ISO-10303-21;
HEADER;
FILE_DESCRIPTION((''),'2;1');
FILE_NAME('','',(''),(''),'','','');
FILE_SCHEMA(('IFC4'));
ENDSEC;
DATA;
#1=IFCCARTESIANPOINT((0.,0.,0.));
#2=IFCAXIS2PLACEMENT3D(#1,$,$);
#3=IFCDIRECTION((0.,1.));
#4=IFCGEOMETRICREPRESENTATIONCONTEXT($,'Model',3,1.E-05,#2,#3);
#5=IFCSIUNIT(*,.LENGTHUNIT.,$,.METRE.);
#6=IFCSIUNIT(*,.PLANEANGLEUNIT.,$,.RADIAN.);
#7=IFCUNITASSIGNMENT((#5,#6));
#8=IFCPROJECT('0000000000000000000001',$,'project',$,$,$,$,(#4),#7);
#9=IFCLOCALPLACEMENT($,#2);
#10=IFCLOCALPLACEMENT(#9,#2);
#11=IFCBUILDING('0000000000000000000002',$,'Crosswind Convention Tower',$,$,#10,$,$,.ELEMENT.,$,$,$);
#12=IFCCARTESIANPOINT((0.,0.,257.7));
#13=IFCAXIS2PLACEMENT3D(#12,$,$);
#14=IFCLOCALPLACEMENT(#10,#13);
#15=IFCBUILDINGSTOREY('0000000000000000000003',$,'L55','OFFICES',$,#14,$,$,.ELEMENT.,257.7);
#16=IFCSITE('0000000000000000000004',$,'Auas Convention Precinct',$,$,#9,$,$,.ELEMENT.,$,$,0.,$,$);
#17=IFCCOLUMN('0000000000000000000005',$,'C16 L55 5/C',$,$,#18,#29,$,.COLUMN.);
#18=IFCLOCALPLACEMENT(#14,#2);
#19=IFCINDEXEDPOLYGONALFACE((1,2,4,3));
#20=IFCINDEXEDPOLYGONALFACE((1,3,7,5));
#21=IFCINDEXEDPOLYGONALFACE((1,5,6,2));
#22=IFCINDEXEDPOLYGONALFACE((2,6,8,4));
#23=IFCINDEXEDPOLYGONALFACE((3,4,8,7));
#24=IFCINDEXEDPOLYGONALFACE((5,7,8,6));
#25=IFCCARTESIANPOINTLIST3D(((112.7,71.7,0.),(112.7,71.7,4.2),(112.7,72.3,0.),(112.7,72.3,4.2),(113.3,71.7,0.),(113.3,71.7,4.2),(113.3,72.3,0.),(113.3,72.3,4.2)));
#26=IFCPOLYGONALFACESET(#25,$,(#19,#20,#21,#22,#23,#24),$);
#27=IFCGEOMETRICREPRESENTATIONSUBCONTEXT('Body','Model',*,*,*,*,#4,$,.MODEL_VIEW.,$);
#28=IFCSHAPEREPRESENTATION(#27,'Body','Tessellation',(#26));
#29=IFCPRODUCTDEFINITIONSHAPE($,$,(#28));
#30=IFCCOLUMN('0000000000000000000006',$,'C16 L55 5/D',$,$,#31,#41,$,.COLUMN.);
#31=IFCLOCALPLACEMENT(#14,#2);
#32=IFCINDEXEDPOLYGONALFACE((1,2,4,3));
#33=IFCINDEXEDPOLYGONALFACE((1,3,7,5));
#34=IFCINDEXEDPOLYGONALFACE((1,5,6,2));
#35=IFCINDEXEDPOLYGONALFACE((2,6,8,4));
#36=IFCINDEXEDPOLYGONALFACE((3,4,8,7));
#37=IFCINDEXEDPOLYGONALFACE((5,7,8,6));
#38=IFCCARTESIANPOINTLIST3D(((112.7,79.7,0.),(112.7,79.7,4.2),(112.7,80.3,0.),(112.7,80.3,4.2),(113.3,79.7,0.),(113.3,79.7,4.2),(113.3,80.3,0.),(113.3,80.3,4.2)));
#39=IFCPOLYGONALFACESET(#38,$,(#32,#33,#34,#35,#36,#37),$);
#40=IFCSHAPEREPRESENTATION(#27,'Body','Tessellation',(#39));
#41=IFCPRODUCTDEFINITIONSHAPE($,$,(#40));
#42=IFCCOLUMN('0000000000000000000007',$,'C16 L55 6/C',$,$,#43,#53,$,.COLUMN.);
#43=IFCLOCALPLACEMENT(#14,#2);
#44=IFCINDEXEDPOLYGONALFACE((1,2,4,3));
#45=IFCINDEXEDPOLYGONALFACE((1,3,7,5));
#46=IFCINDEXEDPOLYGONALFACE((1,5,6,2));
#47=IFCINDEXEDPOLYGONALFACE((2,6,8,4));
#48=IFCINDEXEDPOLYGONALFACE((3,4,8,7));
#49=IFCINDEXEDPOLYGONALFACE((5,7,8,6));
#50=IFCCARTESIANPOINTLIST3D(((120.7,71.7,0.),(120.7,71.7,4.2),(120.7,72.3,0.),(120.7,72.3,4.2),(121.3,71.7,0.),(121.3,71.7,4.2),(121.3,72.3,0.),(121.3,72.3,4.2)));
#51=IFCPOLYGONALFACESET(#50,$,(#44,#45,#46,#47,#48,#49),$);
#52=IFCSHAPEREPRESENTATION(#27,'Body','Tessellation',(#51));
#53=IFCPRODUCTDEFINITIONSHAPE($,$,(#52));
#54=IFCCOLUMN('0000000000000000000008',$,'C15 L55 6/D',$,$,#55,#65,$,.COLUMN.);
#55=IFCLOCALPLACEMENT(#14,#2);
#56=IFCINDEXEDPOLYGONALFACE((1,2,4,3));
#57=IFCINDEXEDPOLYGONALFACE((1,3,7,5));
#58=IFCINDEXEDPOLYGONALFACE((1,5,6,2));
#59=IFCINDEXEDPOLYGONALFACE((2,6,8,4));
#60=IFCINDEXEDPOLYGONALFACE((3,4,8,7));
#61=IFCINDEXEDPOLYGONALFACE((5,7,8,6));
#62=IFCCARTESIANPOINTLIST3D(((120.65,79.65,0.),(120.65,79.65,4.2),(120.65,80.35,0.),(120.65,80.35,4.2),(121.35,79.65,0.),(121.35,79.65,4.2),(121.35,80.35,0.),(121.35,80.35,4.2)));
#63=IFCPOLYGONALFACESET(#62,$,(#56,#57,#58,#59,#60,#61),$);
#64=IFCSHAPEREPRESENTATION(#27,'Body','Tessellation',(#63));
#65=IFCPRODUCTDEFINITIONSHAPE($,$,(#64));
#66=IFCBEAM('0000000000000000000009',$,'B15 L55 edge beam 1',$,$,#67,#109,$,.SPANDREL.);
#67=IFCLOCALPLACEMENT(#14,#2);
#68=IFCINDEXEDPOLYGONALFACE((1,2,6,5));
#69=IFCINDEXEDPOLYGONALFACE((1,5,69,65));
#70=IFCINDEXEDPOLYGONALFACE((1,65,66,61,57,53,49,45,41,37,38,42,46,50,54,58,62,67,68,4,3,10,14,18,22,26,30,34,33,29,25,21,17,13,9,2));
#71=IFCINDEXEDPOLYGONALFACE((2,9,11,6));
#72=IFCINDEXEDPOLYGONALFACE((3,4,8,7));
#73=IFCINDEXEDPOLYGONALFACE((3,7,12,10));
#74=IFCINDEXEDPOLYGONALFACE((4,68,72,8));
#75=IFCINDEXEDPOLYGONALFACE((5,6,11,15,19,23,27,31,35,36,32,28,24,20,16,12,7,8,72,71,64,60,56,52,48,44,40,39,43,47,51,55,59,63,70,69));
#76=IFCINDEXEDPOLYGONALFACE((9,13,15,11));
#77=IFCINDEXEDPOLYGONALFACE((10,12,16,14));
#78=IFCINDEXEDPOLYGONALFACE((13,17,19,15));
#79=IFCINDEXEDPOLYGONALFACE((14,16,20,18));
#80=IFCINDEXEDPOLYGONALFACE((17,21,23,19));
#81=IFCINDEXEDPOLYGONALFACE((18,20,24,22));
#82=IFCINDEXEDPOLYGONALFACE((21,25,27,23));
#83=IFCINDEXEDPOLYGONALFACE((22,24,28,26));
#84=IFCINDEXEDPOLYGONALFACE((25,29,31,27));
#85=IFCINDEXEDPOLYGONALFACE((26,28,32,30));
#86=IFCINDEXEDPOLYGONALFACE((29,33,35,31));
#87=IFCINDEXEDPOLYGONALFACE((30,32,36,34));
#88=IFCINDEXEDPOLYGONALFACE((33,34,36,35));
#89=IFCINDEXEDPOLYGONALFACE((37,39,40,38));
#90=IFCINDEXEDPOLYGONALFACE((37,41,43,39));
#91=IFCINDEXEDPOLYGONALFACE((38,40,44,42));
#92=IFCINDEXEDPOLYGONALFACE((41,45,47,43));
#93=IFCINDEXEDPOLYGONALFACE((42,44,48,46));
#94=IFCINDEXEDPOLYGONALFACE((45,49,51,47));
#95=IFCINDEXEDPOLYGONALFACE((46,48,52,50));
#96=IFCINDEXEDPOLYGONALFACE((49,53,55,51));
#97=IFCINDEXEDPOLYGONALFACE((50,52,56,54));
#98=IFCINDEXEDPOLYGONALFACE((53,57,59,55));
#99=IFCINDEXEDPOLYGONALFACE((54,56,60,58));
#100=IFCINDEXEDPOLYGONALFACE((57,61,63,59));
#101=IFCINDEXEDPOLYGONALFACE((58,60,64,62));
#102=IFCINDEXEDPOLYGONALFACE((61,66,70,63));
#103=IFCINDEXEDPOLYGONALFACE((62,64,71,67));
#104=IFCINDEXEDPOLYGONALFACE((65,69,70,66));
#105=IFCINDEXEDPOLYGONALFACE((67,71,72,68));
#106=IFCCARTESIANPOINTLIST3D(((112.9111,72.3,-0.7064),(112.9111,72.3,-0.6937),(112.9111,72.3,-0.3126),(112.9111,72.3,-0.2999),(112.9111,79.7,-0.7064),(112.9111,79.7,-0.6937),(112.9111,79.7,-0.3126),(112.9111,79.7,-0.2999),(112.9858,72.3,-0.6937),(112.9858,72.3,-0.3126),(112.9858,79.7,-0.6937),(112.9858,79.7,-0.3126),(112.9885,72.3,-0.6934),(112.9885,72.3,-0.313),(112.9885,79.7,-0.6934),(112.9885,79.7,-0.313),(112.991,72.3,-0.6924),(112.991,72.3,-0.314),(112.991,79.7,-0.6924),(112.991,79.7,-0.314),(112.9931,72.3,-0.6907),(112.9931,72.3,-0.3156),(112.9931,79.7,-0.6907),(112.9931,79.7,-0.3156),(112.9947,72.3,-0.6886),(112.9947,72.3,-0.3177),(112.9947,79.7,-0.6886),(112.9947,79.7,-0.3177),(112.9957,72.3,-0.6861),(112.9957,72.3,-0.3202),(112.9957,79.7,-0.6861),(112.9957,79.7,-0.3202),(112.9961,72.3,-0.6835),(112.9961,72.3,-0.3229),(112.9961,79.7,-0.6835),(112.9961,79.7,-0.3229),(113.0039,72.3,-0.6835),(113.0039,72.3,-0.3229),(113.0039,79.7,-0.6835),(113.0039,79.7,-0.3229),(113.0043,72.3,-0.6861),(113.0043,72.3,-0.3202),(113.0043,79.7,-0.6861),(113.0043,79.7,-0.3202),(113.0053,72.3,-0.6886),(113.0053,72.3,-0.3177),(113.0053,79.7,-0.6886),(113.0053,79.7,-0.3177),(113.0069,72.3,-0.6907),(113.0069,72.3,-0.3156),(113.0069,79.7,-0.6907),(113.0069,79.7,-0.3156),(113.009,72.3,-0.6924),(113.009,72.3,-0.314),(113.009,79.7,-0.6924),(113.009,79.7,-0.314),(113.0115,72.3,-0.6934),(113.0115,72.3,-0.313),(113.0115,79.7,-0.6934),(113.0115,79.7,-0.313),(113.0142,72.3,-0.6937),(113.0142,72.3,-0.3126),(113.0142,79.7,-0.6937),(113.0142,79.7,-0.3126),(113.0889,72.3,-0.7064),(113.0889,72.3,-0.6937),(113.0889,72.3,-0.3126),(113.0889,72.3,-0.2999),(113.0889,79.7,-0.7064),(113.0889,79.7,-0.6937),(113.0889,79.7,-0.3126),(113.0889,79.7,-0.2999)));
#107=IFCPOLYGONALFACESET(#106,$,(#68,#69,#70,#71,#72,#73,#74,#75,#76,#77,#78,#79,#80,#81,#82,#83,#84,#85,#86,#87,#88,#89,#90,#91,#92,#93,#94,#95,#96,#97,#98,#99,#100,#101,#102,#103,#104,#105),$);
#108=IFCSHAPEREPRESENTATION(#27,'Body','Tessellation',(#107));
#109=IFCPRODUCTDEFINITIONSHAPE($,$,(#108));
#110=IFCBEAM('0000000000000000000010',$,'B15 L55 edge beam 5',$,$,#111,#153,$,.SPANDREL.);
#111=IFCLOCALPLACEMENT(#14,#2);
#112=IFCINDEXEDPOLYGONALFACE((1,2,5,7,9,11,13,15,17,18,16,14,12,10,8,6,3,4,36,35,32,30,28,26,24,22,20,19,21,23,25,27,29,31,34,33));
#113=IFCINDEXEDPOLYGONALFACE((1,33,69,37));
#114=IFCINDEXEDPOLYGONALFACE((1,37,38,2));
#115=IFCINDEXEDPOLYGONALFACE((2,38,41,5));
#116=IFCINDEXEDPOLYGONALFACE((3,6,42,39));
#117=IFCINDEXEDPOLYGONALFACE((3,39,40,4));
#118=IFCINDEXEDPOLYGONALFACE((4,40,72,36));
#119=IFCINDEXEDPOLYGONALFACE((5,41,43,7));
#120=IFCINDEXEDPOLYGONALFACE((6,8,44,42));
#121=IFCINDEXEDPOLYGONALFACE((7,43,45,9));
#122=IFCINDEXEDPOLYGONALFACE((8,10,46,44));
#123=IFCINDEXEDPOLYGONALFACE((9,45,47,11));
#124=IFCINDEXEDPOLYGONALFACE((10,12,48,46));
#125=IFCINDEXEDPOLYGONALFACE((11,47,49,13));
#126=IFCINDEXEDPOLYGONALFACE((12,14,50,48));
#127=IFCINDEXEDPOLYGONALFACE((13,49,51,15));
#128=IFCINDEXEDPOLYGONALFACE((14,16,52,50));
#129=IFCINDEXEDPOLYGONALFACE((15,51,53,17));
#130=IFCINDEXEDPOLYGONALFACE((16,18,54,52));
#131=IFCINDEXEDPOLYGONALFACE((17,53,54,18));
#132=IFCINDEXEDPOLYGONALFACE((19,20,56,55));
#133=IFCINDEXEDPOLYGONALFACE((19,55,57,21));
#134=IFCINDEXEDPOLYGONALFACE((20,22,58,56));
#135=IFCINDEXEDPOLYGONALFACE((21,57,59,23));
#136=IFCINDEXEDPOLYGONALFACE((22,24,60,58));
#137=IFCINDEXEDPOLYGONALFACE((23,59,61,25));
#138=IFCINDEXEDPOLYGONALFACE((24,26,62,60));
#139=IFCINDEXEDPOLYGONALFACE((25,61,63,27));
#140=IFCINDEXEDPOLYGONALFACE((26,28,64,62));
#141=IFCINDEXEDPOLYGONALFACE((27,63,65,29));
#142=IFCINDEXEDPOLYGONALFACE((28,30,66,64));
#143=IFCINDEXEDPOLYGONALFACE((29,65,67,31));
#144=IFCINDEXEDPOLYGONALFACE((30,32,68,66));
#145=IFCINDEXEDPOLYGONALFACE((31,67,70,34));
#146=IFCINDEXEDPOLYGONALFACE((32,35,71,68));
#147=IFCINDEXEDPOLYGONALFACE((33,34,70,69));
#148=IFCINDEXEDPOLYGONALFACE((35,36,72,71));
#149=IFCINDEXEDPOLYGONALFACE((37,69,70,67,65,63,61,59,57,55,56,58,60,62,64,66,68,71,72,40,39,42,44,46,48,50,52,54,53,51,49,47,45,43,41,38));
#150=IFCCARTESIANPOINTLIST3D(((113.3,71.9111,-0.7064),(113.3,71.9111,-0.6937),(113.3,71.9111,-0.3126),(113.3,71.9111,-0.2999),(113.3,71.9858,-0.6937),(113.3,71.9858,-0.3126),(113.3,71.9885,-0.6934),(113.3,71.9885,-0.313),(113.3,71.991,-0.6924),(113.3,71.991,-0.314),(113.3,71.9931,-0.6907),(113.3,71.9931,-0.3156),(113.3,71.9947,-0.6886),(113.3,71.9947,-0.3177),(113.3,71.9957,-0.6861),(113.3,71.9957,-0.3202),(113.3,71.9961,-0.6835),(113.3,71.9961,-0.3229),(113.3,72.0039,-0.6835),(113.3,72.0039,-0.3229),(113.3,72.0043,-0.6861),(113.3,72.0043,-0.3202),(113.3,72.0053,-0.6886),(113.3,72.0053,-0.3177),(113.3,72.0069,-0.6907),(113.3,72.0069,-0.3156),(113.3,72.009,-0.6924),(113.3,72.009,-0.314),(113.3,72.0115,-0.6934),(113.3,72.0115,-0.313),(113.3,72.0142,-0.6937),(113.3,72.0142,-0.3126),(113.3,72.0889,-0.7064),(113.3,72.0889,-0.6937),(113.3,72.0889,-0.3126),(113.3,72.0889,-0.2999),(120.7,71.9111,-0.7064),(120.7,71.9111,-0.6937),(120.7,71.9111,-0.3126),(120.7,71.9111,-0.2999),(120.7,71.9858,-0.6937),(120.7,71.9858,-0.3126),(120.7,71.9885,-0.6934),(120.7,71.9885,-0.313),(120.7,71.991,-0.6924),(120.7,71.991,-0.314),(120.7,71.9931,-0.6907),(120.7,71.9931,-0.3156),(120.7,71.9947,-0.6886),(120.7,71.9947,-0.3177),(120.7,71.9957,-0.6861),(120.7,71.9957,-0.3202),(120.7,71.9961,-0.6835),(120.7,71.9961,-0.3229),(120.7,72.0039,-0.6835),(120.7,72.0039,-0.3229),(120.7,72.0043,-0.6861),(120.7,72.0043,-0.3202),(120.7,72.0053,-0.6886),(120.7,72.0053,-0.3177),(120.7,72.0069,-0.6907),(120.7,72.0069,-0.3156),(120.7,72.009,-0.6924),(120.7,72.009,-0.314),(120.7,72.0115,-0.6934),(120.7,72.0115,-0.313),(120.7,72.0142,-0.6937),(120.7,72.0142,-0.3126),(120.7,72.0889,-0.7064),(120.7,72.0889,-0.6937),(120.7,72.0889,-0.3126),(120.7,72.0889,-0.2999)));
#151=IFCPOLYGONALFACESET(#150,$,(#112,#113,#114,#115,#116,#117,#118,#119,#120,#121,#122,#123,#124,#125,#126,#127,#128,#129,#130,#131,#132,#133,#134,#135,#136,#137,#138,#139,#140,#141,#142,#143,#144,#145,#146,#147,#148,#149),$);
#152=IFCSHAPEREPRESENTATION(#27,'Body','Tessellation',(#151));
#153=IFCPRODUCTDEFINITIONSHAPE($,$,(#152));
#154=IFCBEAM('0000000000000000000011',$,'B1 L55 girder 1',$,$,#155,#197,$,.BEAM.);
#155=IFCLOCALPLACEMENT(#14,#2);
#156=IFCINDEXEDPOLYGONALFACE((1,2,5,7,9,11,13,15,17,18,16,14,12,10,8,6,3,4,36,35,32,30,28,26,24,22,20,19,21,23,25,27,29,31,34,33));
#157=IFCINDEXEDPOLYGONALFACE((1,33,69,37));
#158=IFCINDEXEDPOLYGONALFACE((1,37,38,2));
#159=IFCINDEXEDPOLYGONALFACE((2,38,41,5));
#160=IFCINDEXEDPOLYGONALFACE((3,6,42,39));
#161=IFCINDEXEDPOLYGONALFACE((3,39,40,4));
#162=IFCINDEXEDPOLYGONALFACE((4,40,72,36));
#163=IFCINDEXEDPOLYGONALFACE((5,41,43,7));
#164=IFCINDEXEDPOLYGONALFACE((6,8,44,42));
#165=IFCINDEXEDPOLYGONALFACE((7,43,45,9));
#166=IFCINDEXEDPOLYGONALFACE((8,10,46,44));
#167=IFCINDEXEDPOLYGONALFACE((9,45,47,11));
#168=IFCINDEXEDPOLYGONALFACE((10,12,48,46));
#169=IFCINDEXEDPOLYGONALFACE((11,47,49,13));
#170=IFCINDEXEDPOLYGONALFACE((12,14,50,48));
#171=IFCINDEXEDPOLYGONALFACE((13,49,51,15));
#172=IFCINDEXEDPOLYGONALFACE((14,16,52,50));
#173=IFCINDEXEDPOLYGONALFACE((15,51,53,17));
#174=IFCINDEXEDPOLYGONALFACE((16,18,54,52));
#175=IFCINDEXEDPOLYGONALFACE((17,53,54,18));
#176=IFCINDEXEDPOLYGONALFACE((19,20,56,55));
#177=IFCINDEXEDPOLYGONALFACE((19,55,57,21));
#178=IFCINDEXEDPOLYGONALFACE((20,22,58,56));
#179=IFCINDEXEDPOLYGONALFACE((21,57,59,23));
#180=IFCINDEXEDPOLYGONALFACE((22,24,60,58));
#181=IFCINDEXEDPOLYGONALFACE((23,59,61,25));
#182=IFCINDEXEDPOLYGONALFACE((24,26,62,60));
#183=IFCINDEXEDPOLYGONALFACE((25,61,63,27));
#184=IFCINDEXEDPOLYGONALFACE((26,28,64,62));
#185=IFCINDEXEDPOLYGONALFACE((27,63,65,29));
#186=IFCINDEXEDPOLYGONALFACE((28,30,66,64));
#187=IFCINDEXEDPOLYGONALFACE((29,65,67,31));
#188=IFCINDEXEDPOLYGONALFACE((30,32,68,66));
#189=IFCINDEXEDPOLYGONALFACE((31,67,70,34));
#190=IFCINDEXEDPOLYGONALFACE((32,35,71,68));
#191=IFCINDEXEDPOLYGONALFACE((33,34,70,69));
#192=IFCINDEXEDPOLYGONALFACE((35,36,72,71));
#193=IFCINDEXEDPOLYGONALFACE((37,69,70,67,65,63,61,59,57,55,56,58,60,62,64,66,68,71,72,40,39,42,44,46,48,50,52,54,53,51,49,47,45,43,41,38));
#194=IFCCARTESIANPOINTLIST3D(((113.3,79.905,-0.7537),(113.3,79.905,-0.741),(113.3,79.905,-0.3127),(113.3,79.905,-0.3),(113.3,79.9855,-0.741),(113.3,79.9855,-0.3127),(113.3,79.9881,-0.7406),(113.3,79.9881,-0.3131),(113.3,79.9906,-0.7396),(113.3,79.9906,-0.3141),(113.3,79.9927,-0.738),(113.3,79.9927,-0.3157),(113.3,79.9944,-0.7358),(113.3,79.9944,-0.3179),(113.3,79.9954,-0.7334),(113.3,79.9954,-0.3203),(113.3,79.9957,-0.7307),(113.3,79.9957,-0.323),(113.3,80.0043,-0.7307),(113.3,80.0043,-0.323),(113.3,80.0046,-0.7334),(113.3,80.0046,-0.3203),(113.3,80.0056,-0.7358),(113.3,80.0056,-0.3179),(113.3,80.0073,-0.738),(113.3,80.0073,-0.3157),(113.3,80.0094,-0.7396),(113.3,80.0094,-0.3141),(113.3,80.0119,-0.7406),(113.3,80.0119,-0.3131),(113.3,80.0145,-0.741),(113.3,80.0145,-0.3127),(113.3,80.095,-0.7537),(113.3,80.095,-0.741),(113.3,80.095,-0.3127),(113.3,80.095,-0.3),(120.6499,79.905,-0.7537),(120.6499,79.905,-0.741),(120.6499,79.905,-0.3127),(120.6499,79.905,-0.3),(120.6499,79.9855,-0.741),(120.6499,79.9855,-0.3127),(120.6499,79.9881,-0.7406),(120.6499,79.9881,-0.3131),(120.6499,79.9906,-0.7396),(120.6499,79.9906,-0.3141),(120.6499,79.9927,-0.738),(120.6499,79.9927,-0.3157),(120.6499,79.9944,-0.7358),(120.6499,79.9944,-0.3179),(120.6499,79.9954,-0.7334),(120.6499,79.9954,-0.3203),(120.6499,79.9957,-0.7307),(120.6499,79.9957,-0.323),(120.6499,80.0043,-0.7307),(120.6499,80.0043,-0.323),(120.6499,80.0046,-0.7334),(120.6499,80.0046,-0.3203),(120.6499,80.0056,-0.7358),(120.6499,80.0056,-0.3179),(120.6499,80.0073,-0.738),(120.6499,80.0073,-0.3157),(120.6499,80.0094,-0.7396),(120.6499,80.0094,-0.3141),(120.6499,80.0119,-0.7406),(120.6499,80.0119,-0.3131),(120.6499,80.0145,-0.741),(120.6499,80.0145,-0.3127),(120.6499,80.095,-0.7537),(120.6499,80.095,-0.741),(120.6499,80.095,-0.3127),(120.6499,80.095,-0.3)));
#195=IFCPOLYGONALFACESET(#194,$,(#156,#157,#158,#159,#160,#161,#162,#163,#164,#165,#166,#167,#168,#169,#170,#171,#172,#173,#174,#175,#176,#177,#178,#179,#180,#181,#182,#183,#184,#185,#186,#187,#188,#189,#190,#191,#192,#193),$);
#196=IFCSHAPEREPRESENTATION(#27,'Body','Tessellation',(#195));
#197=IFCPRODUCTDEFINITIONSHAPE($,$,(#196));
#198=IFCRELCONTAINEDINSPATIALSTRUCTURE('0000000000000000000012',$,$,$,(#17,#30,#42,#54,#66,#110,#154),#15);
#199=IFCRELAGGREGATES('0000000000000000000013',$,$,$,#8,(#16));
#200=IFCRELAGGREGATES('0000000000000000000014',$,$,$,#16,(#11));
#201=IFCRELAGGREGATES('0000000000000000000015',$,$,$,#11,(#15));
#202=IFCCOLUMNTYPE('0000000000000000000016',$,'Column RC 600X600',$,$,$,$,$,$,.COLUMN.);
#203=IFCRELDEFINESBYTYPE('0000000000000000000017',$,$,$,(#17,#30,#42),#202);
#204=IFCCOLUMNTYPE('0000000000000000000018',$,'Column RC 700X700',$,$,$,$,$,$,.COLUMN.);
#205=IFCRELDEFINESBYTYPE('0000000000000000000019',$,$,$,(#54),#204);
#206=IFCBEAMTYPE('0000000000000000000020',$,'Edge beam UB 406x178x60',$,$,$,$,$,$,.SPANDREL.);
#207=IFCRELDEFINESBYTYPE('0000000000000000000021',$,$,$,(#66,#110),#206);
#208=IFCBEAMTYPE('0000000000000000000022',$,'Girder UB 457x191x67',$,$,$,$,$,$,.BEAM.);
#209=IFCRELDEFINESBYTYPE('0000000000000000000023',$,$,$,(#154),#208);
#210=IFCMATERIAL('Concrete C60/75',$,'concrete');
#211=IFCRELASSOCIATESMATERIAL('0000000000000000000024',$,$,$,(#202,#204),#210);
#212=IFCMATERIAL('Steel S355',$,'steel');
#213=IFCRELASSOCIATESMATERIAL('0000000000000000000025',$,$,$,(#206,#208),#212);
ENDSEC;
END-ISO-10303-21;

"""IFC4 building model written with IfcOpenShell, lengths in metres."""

from ifc_helpers import new_model, si_unit, direction, frame, origin, origin_2d, place, context, subcontext, project, spatial, rectangle, i_section, extrude, material, material_profile, profile_set, type_object, element, save


model = new_model("IFC4")

# Units and contexts
model_context = context("Model", 3, precision=1e-05, world=origin(), true_north=direction((0.0, 1.0)))
body_context = subcontext(model_context, "Body", "Model", "MODEL_VIEW")
ifc_project = project(units=[si_unit("LENGTHUNIT", "METRE"), si_unit("PLANEANGLEUNIT", "RADIAN")], contexts=[model_context])

# Site, building, storey
site_placement = place(None, origin())
site = spatial("IfcSite", under=ifc_project, at=site_placement, Name="Auas Convention Precinct", CompositionType="ELEMENT", RefElevation=0.0)
building_placement = place(site_placement, origin())
building = spatial("IfcBuilding", under=site, at=building_placement, Name="Crosswind Convention Tower", CompositionType="ELEMENT")
storey_placement = place(building_placement, frame((0.0, 0.0, 257.7)))
storey = spatial("IfcBuildingStorey", under=building, at=storey_placement, Name="L55", Description="OFFICES", CompositionType="ELEMENT", Elevation=257.7)

# Columns
ifc_material_1 = material(Name="Concrete C60/75", Category="concrete")
ifc_material_profile_1 = material_profile(ifc_material_1, rectangle(XDim=0.6001, YDim=0.6001, at=origin_2d()), Name="RC 600X600")
ifc_profile_set_1 = profile_set([ifc_material_profile_1], Name="Concrete C60/75")
column_type_1 = type_object("IfcColumnType", Name="Column RC 600X600", PredefinedType="COLUMN", material=ifc_profile_set_1)
for number, where, z_axis, x_axis, name in (
    (1, (113.0, 72.0, 0.0), (0.0, 0.0, 1.0), (1.0, 0.0, 0.0), "C16 L55 5/C"),
    (2, (113.0, 80.0, 0.0), (0.0, 0.0, 1.0), (1.0, 0.0, 0.0), "C16 L55 5/D"),
    (3, (121.0, 72.0, 0.0), (0.0, 0.0, 1.0), (1.0, 0.0, 0.0), "C16 L55 6/C"),
):
    element("IfcColumn", number, at=place(storey_placement, frame(where, z_axis=z_axis, x_axis=x_axis)), inside=storey, type_object=column_type_1, Name=name, PredefinedType="COLUMN", context=body_context, shape_type="SweptSolid", body=[
        extrude(rectangle(XDim=0.6001, YDim=0.6001, at=origin_2d()), origin(), (0.0, 0.0, 1.0), 4.2),
    ])
ifc_material_profile_2 = material_profile(ifc_material_1, rectangle(XDim=0.7, YDim=0.7, at=origin_2d()), Name="RC 700X700")
ifc_profile_set_2 = profile_set([ifc_material_profile_2], Name="Concrete C60/75")
column_type_2 = type_object("IfcColumnType", Name="Column RC 700X700", PredefinedType="COLUMN", material=ifc_profile_set_2)
column_placement = place(storey_placement, frame((121.0, 80.0, 0.0), z_axis=(0.0, 0.0, 1.0), x_axis=(1.0, 0.0, 0.0)))
element("IfcColumn", 4, at=column_placement, inside=storey, type_object=column_type_2, Name="C15 L55 6/D", PredefinedType="COLUMN", context=body_context, shape_type="SweptSolid", body=[
    extrude(rectangle(XDim=0.7, YDim=0.7, at=origin_2d()), origin(), (0.0, 0.0, 1.0), 4.2),
])

# Beams
ifc_material_2 = material(Name="Steel S355", Category="steel")
ifc_material_profile_3 = material_profile(ifc_material_2, i_section(OverallWidth=0.1777, OverallDepth=0.4065, WebThickness=0.0078, FlangeThickness=0.0127, FilletRadius=0.0103, at=origin_2d()), Name="UB 406x178x60")
ifc_profile_set_3 = profile_set([ifc_material_profile_3], Name="Steel S355")
beam_type_1 = type_object("IfcBeamType", Name="Edge beam UB 406x178x60", PredefinedType="SPANDREL", material=ifc_profile_set_3)
for number, where, z_axis, x_axis, name in (
    (5, (113.0, 72.3, -0.5032), (0.0, 1.0, 0.0), (-1.0, 0.0, 0.0), "B15 L55 edge beam 1"),
    (6, (113.3, 72.0, -0.5032), (1.0, 0.0, 0.0), (0.0, 1.0, 0.0), "B15 L55 edge beam 5"),
):
    element("IfcBeam", number, at=place(storey_placement, frame(where, z_axis=z_axis, x_axis=x_axis)), inside=storey, type_object=beam_type_1, Name=name, PredefinedType="SPANDREL", context=body_context, shape_type="SweptSolid", body=[
        extrude(i_section(OverallWidth=0.1777, OverallDepth=0.4065, WebThickness=0.0078, FlangeThickness=0.0127, FilletRadius=0.0103, at=origin_2d()), origin(), (0.0, 0.0, 1.0), 7.3999),
    ])
ifc_material_profile_4 = material_profile(ifc_material_2, i_section(OverallWidth=0.1899, OverallDepth=0.4536, WebThickness=0.0085, FlangeThickness=0.0127, FilletRadius=0.0103, at=origin_2d()), Name="UB 457x191x67")
ifc_profile_set_4 = profile_set([ifc_material_profile_4], Name="Steel S355")
beam_type_2 = type_object("IfcBeamType", Name="Girder UB 457x191x67", PredefinedType="BEAM", material=ifc_profile_set_4)
for number, where, z_axis, x_axis, name in (
    (7, (113.3, 80.0, -0.5269), (1.0, 0.0, 0.0), (0.0, 1.0, 0.0), "B1 L55 girder 1"),
):
    element("IfcBeam", number, at=place(storey_placement, frame(where, z_axis=z_axis, x_axis=x_axis)), inside=storey, type_object=beam_type_2, Name=name, PredefinedType="BEAM", context=body_context, shape_type="SweptSolid", body=[
        extrude(i_section(OverallWidth=0.1899, OverallDepth=0.4536, WebThickness=0.0085, FlangeThickness=0.0127, FilletRadius=0.0103, at=origin_2d()), origin(), (0.0, 0.0, 1.0), 7.3499),
    ])

save(model, "model.ifc")
